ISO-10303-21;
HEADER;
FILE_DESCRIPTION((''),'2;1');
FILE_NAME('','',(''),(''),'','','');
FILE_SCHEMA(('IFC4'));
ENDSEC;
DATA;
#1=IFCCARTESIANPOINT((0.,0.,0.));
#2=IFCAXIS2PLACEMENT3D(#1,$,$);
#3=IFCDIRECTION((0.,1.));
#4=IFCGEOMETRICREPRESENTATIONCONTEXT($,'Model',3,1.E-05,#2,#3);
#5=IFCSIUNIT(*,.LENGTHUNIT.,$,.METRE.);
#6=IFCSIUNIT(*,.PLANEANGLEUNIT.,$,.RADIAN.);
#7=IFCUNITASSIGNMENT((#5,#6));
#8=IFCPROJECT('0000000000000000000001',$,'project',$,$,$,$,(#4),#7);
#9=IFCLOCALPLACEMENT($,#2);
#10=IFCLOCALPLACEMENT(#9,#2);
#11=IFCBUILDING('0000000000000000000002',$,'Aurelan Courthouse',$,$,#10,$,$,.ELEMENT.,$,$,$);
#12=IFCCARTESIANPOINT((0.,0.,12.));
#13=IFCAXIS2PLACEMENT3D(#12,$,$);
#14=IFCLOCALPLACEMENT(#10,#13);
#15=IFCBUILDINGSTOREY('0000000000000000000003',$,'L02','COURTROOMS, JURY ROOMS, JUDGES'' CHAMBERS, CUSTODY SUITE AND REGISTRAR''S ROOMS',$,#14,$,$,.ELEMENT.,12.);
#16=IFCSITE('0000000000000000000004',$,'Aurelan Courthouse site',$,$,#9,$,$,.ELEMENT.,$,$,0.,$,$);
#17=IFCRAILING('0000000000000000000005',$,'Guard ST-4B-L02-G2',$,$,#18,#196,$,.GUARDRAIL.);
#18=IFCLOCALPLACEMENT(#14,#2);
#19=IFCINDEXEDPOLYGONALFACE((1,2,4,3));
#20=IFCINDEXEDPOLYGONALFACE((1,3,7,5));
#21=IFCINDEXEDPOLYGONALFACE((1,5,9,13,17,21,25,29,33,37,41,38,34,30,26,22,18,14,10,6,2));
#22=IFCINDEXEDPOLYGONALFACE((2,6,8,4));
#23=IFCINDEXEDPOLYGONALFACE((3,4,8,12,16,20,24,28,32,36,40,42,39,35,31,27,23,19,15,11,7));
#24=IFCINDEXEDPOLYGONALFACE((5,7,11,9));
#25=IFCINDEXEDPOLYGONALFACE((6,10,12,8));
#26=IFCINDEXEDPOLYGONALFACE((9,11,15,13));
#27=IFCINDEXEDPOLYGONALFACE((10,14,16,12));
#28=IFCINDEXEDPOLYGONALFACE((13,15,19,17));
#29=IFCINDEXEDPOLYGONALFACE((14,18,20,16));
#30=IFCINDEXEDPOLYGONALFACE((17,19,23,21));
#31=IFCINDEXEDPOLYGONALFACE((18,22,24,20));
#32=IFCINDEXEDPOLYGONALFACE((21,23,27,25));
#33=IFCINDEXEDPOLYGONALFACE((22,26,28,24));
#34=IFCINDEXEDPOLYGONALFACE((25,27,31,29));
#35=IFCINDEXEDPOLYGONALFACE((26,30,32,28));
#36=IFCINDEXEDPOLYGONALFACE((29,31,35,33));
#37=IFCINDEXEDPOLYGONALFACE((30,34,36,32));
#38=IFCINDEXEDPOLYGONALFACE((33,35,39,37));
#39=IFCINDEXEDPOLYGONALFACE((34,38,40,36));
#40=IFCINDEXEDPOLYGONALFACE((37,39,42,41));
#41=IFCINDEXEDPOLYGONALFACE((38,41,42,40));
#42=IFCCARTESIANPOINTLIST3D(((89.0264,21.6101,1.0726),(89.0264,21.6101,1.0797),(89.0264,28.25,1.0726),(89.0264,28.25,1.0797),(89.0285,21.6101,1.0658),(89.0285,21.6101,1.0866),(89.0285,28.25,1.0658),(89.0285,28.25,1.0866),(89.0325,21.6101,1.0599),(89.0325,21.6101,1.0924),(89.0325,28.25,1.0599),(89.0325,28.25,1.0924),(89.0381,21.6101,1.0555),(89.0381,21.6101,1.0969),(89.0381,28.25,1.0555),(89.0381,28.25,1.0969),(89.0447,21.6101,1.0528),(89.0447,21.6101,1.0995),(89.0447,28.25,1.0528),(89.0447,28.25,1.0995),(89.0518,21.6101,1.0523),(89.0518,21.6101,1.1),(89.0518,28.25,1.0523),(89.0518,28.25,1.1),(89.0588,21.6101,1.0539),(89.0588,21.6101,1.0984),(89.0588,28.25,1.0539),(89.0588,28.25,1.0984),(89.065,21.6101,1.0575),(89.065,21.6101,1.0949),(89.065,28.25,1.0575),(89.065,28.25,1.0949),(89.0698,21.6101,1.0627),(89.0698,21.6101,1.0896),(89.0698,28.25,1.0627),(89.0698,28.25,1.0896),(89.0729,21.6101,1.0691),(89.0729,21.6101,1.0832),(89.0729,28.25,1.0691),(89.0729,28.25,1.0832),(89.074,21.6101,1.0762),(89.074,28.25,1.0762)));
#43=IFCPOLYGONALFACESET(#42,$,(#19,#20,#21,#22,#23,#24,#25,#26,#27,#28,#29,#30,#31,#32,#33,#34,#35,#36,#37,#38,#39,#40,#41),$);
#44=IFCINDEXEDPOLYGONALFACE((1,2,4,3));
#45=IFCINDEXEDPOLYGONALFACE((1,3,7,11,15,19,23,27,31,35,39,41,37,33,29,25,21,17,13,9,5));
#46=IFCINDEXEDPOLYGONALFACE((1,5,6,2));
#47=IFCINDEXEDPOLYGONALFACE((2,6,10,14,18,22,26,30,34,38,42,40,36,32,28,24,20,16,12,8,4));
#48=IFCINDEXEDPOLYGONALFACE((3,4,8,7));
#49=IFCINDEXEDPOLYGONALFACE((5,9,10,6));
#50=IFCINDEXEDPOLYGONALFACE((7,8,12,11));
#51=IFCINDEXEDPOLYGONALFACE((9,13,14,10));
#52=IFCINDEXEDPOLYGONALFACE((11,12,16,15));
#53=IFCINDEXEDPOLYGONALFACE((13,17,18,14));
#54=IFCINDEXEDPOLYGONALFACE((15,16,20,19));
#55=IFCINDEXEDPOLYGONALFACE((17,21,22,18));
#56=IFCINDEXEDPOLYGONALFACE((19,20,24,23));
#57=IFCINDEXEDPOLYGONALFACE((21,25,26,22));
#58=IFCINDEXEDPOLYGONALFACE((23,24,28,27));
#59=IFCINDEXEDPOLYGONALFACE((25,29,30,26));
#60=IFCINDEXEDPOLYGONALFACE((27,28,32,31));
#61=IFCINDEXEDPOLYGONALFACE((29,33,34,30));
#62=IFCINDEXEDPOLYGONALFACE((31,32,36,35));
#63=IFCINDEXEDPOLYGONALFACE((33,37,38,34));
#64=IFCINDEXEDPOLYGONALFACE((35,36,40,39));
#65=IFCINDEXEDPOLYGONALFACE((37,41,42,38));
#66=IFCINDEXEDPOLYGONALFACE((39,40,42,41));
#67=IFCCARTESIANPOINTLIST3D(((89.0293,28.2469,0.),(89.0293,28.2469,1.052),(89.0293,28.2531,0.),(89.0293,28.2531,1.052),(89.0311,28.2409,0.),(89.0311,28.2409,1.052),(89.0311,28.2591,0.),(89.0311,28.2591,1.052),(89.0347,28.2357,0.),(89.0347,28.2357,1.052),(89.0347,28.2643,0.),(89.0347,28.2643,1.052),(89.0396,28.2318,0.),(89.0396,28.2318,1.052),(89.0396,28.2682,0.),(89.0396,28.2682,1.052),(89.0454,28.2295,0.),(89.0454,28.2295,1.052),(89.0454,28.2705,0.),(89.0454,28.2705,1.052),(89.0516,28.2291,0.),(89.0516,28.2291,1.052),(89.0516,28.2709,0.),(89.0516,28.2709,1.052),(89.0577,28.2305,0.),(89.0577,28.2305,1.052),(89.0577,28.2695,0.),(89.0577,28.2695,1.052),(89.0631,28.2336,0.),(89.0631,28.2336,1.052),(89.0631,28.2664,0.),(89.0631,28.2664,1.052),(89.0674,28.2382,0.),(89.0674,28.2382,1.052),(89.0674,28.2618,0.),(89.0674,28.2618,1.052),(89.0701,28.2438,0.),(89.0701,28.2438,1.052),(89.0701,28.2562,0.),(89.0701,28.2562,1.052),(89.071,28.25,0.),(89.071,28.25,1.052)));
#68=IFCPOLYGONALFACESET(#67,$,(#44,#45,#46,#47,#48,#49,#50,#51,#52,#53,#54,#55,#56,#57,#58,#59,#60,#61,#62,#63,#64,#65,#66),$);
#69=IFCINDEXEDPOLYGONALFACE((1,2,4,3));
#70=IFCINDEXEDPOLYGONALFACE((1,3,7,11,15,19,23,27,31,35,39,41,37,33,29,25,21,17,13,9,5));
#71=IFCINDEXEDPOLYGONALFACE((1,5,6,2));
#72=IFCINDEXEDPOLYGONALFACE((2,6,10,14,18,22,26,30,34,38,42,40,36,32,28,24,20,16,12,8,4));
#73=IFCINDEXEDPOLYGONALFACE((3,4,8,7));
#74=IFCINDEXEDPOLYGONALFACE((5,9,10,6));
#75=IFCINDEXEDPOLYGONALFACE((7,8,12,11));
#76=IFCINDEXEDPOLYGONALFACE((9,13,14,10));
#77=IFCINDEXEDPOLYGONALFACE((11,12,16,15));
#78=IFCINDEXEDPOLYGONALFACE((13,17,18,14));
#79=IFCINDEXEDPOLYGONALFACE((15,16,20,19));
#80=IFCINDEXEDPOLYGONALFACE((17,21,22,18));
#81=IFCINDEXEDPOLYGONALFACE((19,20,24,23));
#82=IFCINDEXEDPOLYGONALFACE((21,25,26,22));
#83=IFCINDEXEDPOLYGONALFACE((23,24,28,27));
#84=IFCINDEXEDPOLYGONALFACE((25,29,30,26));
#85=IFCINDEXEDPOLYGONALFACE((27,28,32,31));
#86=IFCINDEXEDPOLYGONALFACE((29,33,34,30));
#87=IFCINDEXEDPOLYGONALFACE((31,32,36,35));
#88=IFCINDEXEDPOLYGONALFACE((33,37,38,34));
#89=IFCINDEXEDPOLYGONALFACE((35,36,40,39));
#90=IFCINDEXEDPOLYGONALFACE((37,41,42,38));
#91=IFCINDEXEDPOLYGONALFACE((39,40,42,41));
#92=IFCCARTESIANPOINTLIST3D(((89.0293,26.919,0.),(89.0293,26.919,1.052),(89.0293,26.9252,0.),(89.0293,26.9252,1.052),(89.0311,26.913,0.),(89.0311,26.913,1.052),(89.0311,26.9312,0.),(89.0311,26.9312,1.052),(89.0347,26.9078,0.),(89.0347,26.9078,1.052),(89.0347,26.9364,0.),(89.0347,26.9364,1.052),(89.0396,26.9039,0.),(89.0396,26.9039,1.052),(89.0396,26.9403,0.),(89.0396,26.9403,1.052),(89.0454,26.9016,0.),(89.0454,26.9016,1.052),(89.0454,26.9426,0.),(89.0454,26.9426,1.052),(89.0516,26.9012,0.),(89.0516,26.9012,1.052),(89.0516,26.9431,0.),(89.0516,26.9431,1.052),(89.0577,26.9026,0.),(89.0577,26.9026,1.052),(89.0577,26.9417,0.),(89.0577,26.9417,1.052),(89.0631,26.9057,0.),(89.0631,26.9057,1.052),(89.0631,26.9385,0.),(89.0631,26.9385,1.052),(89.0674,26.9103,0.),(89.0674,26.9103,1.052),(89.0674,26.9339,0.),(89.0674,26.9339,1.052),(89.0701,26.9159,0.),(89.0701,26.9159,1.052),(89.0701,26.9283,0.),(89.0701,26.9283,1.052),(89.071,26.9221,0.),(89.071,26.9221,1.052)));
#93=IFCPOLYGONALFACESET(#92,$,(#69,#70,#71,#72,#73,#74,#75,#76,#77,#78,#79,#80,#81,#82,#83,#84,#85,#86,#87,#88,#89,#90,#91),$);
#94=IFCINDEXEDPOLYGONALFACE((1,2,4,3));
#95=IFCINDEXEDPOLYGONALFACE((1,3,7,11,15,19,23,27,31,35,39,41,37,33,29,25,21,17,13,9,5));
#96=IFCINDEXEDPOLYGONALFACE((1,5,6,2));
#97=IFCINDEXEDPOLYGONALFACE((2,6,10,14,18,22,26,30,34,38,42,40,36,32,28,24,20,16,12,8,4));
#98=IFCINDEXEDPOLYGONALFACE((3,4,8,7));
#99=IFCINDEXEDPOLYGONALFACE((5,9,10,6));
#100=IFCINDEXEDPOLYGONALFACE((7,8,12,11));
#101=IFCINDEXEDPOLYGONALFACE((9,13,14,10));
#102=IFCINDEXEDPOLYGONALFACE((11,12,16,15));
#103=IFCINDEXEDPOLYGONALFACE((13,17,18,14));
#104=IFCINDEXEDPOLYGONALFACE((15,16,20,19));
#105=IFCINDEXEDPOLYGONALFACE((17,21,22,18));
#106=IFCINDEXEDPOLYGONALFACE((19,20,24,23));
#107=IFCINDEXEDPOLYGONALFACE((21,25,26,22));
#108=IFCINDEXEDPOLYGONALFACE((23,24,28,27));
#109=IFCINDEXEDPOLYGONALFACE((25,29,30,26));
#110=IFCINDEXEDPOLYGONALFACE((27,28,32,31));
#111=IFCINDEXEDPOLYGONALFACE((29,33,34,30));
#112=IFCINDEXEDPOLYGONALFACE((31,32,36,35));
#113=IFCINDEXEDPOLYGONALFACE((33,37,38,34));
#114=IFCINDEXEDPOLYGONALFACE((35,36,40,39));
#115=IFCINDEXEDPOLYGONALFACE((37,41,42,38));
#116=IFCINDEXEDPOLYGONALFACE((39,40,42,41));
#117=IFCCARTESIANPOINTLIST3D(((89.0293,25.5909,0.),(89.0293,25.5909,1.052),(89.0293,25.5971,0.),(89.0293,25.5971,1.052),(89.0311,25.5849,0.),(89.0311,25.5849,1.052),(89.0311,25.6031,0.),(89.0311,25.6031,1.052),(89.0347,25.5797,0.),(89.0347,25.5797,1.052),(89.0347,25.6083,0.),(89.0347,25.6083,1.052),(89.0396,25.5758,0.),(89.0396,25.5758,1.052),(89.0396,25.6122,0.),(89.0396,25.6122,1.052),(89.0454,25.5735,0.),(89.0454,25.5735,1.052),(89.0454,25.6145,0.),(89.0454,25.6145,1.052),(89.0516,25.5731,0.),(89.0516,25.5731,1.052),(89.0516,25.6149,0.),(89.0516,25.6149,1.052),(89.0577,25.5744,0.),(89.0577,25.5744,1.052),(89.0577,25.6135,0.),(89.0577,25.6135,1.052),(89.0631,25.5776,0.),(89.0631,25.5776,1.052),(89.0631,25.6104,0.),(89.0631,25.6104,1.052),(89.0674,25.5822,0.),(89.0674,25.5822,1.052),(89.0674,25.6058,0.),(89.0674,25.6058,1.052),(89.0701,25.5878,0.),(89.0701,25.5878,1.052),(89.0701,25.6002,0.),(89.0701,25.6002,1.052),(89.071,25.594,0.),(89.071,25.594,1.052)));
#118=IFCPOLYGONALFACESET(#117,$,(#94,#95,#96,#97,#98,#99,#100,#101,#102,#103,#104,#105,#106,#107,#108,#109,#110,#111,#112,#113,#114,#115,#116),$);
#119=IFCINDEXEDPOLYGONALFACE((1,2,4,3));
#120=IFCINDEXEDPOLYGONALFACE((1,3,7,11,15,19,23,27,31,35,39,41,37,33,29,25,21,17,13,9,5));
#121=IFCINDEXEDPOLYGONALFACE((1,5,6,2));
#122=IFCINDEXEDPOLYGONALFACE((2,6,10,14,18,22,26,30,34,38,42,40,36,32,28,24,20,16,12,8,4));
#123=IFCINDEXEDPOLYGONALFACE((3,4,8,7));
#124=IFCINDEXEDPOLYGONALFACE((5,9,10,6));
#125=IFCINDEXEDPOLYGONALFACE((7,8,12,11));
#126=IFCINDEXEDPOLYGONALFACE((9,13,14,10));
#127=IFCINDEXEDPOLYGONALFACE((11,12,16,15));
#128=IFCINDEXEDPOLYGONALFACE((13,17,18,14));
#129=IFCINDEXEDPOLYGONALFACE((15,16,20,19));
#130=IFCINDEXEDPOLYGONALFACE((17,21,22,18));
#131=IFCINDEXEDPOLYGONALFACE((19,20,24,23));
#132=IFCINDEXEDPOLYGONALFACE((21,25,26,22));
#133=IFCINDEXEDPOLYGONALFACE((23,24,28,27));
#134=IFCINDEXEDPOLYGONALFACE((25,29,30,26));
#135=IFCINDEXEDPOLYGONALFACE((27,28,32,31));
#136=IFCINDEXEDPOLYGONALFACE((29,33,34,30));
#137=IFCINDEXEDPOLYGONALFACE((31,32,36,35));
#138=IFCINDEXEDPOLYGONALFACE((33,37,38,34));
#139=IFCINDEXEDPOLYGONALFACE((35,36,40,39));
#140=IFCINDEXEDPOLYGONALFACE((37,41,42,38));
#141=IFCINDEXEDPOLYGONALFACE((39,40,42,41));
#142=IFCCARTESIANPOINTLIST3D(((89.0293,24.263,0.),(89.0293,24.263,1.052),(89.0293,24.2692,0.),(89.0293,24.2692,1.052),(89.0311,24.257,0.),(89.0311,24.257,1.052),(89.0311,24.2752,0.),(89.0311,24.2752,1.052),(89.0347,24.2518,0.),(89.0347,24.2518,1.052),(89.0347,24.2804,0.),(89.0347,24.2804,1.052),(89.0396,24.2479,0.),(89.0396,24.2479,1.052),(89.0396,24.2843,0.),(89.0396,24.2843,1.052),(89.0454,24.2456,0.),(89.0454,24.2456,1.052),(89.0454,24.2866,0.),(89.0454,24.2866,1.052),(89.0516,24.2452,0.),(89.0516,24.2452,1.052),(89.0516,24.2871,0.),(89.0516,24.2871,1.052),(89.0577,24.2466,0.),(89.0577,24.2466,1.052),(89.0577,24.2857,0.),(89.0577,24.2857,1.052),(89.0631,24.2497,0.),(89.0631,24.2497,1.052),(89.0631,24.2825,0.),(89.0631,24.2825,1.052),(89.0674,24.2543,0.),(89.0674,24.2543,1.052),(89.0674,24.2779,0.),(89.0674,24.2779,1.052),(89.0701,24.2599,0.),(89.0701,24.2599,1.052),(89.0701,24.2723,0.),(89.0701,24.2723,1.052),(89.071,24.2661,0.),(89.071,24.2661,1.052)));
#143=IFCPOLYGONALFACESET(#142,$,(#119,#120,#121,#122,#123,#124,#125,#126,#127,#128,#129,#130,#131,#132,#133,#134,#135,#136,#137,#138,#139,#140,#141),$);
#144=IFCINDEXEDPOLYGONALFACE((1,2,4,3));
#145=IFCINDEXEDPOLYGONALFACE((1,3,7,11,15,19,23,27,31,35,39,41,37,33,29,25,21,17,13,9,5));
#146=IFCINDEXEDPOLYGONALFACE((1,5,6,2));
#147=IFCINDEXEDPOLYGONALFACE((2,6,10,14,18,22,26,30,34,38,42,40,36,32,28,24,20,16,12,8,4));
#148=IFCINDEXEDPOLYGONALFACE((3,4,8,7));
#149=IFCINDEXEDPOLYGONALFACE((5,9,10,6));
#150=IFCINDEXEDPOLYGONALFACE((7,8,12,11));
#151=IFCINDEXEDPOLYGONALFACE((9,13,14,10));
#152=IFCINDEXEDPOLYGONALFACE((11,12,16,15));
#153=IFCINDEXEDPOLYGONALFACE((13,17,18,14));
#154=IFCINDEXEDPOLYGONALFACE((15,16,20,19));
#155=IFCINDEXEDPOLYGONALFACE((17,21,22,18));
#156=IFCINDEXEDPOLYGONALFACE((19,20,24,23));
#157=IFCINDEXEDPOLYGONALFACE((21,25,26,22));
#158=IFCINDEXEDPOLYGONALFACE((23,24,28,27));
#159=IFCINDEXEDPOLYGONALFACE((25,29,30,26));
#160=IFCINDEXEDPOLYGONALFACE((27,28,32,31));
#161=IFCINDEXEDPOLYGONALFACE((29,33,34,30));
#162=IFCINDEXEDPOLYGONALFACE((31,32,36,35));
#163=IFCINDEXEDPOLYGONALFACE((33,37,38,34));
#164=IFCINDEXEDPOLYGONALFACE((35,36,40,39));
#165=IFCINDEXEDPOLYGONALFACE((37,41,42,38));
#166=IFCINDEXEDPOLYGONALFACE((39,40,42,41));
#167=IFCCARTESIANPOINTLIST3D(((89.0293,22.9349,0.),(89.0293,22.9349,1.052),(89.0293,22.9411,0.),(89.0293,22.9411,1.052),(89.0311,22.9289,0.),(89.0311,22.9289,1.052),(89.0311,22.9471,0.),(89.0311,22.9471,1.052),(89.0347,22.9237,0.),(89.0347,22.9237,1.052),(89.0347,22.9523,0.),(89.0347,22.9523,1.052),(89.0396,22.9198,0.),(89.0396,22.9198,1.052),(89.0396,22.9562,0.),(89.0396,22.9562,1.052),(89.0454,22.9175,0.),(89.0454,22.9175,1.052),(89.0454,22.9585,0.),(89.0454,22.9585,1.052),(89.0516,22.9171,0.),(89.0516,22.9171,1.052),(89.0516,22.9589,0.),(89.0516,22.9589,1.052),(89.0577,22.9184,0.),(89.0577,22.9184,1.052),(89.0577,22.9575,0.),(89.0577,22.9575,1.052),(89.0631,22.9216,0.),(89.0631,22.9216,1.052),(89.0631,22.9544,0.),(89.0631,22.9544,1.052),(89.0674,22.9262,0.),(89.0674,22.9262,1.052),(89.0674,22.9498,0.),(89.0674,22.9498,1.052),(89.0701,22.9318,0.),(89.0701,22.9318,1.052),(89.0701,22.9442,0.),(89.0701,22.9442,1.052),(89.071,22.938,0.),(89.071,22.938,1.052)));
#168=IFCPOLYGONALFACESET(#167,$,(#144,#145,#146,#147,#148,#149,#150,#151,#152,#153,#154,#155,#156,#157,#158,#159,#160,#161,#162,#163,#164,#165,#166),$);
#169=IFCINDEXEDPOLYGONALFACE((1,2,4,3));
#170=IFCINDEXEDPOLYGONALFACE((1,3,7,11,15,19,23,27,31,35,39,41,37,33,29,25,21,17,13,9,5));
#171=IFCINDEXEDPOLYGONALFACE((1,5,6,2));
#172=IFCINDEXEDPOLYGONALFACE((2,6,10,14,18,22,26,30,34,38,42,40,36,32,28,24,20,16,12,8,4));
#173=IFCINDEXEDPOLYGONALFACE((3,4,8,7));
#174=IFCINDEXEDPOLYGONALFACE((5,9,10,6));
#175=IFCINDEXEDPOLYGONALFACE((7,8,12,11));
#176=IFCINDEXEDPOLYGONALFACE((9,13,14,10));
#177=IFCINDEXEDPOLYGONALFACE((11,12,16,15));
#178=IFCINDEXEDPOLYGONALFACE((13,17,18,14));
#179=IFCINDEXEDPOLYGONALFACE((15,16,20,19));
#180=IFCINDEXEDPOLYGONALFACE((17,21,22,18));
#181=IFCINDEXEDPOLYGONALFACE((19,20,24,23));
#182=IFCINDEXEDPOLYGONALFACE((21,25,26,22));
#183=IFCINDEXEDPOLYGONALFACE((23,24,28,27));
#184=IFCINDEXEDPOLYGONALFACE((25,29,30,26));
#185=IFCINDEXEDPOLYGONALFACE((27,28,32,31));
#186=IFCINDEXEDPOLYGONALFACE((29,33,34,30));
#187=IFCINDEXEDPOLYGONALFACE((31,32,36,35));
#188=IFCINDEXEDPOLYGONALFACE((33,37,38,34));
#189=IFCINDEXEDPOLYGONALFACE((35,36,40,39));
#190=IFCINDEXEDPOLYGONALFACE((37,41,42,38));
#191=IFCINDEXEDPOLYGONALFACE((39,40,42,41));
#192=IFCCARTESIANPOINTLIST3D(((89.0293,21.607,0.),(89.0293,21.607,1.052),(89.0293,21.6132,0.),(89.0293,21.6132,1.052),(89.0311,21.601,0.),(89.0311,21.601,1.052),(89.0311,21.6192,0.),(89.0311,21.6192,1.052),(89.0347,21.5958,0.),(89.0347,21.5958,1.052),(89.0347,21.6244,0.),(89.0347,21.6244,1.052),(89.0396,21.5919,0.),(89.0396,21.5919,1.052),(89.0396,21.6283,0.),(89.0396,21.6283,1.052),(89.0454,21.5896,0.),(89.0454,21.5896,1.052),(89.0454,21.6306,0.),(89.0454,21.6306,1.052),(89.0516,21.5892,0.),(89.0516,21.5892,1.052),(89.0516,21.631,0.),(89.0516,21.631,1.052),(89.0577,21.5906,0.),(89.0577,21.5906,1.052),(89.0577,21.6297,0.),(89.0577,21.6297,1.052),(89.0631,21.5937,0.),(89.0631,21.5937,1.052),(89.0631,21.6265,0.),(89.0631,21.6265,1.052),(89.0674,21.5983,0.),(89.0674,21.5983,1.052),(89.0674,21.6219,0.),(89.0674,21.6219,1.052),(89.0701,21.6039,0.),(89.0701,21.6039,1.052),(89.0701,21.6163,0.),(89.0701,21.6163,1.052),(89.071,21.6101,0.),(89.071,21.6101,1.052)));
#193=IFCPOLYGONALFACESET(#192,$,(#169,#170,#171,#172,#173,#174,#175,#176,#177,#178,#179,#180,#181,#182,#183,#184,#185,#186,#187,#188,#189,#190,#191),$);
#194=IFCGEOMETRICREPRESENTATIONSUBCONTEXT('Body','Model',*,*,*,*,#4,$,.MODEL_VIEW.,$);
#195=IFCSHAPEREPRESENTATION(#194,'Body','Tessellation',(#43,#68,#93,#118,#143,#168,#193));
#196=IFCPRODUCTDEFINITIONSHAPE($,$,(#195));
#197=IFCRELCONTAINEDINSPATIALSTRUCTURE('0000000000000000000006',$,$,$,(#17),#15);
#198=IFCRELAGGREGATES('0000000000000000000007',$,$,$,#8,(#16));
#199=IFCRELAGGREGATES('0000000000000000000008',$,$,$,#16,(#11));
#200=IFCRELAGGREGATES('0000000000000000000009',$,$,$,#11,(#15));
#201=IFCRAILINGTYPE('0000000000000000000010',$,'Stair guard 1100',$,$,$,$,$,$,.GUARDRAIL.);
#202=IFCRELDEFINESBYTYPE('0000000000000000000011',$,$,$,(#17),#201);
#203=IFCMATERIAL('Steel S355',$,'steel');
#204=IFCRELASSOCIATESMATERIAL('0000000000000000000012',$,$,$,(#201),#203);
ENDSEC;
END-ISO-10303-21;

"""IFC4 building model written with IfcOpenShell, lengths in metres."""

from ifc_helpers import new_model, si_unit, direction, frame, origin, origin_2d, place, context, subcontext, project, spatial, circle, extrude, material, type_object, element, save


model = new_model("IFC4")

# Units and contexts
model_context = context("Model", 3, precision=1e-05, world=origin(), true_north=direction((0.0, 1.0)))
body_context = subcontext(model_context, "Body", "Model", "MODEL_VIEW")
ifc_project = project(units=[si_unit("LENGTHUNIT", "METRE"), si_unit("PLANEANGLEUNIT", "RADIAN")], contexts=[model_context])

# Site, building, storey
site_placement = place(None, origin())
site = spatial("IfcSite", under=ifc_project, at=site_placement, Name="Aurelan Courthouse site", CompositionType="ELEMENT", RefElevation=0.0)
building_placement = place(site_placement, origin())
building = spatial("IfcBuilding", under=site, at=building_placement, Name="Aurelan Courthouse", CompositionType="ELEMENT")
storey_placement = place(building_placement, frame((0.0, 0.0, 12.0)))
storey = spatial("IfcBuildingStorey", under=building, at=storey_placement, Name="L02", Description="COURTROOMS, JURY ROOMS, JUDGES' CHAMBERS, CUSTODY SUITE AND REGISTRAR'S ROOMS", CompositionType="ELEMENT", Elevation=12.0)

# Railing
ifc_material_1 = material(Name="Steel S355", Category="steel")
railing_type_1 = type_object("IfcRailingType", Name="Stair guard 1100", PredefinedType="GUARDRAIL", material=ifc_material_1)
railing_1_placement = place(storey_placement, frame((89.05, 28.25, 0.0)))
element("IfcRailing", 1, at=railing_1_placement, inside=storey, type_object=railing_type_1, Name="Guard ST-4B-L02-G2", PredefinedType="GUARDRAIL", context=body_context, shape_type="SweptSolid", body=[
    extrude(circle(Radius=0.0239, at=origin_2d()), frame((0.0, 0.0, 1.0762), z_axis=(0.0, -1.0, 0.0), x_axis=(1.0, 0.0, 0.0)), (0.0, 0.0, 1.0), 6.6399),
    extrude(circle(Radius=0.021, at=origin_2d()), origin(), (0.0, 0.0, 1.0), 1.052),
    extrude(circle(Radius=0.021, at=origin_2d()), frame((0.0, -1.3279, 0.0)), (0.0, 0.0, 1.0), 1.052),
    extrude(circle(Radius=0.021, at=origin_2d()), frame((0.0, -2.656, 0.0)), (0.0, 0.0, 1.0), 1.052),
    extrude(circle(Radius=0.021, at=origin_2d()), frame((0.0, -3.9839, 0.0)), (0.0, 0.0, 1.0), 1.052),
    extrude(circle(Radius=0.021, at=origin_2d()), frame((0.0, -5.312, 0.0)), (0.0, 0.0, 1.0), 1.052),
    extrude(circle(Radius=0.021, at=origin_2d()), frame((0.0, -6.6399, 0.0)), (0.0, 0.0, 1.0), 1.052),
])

save(model, "model.ifc")
